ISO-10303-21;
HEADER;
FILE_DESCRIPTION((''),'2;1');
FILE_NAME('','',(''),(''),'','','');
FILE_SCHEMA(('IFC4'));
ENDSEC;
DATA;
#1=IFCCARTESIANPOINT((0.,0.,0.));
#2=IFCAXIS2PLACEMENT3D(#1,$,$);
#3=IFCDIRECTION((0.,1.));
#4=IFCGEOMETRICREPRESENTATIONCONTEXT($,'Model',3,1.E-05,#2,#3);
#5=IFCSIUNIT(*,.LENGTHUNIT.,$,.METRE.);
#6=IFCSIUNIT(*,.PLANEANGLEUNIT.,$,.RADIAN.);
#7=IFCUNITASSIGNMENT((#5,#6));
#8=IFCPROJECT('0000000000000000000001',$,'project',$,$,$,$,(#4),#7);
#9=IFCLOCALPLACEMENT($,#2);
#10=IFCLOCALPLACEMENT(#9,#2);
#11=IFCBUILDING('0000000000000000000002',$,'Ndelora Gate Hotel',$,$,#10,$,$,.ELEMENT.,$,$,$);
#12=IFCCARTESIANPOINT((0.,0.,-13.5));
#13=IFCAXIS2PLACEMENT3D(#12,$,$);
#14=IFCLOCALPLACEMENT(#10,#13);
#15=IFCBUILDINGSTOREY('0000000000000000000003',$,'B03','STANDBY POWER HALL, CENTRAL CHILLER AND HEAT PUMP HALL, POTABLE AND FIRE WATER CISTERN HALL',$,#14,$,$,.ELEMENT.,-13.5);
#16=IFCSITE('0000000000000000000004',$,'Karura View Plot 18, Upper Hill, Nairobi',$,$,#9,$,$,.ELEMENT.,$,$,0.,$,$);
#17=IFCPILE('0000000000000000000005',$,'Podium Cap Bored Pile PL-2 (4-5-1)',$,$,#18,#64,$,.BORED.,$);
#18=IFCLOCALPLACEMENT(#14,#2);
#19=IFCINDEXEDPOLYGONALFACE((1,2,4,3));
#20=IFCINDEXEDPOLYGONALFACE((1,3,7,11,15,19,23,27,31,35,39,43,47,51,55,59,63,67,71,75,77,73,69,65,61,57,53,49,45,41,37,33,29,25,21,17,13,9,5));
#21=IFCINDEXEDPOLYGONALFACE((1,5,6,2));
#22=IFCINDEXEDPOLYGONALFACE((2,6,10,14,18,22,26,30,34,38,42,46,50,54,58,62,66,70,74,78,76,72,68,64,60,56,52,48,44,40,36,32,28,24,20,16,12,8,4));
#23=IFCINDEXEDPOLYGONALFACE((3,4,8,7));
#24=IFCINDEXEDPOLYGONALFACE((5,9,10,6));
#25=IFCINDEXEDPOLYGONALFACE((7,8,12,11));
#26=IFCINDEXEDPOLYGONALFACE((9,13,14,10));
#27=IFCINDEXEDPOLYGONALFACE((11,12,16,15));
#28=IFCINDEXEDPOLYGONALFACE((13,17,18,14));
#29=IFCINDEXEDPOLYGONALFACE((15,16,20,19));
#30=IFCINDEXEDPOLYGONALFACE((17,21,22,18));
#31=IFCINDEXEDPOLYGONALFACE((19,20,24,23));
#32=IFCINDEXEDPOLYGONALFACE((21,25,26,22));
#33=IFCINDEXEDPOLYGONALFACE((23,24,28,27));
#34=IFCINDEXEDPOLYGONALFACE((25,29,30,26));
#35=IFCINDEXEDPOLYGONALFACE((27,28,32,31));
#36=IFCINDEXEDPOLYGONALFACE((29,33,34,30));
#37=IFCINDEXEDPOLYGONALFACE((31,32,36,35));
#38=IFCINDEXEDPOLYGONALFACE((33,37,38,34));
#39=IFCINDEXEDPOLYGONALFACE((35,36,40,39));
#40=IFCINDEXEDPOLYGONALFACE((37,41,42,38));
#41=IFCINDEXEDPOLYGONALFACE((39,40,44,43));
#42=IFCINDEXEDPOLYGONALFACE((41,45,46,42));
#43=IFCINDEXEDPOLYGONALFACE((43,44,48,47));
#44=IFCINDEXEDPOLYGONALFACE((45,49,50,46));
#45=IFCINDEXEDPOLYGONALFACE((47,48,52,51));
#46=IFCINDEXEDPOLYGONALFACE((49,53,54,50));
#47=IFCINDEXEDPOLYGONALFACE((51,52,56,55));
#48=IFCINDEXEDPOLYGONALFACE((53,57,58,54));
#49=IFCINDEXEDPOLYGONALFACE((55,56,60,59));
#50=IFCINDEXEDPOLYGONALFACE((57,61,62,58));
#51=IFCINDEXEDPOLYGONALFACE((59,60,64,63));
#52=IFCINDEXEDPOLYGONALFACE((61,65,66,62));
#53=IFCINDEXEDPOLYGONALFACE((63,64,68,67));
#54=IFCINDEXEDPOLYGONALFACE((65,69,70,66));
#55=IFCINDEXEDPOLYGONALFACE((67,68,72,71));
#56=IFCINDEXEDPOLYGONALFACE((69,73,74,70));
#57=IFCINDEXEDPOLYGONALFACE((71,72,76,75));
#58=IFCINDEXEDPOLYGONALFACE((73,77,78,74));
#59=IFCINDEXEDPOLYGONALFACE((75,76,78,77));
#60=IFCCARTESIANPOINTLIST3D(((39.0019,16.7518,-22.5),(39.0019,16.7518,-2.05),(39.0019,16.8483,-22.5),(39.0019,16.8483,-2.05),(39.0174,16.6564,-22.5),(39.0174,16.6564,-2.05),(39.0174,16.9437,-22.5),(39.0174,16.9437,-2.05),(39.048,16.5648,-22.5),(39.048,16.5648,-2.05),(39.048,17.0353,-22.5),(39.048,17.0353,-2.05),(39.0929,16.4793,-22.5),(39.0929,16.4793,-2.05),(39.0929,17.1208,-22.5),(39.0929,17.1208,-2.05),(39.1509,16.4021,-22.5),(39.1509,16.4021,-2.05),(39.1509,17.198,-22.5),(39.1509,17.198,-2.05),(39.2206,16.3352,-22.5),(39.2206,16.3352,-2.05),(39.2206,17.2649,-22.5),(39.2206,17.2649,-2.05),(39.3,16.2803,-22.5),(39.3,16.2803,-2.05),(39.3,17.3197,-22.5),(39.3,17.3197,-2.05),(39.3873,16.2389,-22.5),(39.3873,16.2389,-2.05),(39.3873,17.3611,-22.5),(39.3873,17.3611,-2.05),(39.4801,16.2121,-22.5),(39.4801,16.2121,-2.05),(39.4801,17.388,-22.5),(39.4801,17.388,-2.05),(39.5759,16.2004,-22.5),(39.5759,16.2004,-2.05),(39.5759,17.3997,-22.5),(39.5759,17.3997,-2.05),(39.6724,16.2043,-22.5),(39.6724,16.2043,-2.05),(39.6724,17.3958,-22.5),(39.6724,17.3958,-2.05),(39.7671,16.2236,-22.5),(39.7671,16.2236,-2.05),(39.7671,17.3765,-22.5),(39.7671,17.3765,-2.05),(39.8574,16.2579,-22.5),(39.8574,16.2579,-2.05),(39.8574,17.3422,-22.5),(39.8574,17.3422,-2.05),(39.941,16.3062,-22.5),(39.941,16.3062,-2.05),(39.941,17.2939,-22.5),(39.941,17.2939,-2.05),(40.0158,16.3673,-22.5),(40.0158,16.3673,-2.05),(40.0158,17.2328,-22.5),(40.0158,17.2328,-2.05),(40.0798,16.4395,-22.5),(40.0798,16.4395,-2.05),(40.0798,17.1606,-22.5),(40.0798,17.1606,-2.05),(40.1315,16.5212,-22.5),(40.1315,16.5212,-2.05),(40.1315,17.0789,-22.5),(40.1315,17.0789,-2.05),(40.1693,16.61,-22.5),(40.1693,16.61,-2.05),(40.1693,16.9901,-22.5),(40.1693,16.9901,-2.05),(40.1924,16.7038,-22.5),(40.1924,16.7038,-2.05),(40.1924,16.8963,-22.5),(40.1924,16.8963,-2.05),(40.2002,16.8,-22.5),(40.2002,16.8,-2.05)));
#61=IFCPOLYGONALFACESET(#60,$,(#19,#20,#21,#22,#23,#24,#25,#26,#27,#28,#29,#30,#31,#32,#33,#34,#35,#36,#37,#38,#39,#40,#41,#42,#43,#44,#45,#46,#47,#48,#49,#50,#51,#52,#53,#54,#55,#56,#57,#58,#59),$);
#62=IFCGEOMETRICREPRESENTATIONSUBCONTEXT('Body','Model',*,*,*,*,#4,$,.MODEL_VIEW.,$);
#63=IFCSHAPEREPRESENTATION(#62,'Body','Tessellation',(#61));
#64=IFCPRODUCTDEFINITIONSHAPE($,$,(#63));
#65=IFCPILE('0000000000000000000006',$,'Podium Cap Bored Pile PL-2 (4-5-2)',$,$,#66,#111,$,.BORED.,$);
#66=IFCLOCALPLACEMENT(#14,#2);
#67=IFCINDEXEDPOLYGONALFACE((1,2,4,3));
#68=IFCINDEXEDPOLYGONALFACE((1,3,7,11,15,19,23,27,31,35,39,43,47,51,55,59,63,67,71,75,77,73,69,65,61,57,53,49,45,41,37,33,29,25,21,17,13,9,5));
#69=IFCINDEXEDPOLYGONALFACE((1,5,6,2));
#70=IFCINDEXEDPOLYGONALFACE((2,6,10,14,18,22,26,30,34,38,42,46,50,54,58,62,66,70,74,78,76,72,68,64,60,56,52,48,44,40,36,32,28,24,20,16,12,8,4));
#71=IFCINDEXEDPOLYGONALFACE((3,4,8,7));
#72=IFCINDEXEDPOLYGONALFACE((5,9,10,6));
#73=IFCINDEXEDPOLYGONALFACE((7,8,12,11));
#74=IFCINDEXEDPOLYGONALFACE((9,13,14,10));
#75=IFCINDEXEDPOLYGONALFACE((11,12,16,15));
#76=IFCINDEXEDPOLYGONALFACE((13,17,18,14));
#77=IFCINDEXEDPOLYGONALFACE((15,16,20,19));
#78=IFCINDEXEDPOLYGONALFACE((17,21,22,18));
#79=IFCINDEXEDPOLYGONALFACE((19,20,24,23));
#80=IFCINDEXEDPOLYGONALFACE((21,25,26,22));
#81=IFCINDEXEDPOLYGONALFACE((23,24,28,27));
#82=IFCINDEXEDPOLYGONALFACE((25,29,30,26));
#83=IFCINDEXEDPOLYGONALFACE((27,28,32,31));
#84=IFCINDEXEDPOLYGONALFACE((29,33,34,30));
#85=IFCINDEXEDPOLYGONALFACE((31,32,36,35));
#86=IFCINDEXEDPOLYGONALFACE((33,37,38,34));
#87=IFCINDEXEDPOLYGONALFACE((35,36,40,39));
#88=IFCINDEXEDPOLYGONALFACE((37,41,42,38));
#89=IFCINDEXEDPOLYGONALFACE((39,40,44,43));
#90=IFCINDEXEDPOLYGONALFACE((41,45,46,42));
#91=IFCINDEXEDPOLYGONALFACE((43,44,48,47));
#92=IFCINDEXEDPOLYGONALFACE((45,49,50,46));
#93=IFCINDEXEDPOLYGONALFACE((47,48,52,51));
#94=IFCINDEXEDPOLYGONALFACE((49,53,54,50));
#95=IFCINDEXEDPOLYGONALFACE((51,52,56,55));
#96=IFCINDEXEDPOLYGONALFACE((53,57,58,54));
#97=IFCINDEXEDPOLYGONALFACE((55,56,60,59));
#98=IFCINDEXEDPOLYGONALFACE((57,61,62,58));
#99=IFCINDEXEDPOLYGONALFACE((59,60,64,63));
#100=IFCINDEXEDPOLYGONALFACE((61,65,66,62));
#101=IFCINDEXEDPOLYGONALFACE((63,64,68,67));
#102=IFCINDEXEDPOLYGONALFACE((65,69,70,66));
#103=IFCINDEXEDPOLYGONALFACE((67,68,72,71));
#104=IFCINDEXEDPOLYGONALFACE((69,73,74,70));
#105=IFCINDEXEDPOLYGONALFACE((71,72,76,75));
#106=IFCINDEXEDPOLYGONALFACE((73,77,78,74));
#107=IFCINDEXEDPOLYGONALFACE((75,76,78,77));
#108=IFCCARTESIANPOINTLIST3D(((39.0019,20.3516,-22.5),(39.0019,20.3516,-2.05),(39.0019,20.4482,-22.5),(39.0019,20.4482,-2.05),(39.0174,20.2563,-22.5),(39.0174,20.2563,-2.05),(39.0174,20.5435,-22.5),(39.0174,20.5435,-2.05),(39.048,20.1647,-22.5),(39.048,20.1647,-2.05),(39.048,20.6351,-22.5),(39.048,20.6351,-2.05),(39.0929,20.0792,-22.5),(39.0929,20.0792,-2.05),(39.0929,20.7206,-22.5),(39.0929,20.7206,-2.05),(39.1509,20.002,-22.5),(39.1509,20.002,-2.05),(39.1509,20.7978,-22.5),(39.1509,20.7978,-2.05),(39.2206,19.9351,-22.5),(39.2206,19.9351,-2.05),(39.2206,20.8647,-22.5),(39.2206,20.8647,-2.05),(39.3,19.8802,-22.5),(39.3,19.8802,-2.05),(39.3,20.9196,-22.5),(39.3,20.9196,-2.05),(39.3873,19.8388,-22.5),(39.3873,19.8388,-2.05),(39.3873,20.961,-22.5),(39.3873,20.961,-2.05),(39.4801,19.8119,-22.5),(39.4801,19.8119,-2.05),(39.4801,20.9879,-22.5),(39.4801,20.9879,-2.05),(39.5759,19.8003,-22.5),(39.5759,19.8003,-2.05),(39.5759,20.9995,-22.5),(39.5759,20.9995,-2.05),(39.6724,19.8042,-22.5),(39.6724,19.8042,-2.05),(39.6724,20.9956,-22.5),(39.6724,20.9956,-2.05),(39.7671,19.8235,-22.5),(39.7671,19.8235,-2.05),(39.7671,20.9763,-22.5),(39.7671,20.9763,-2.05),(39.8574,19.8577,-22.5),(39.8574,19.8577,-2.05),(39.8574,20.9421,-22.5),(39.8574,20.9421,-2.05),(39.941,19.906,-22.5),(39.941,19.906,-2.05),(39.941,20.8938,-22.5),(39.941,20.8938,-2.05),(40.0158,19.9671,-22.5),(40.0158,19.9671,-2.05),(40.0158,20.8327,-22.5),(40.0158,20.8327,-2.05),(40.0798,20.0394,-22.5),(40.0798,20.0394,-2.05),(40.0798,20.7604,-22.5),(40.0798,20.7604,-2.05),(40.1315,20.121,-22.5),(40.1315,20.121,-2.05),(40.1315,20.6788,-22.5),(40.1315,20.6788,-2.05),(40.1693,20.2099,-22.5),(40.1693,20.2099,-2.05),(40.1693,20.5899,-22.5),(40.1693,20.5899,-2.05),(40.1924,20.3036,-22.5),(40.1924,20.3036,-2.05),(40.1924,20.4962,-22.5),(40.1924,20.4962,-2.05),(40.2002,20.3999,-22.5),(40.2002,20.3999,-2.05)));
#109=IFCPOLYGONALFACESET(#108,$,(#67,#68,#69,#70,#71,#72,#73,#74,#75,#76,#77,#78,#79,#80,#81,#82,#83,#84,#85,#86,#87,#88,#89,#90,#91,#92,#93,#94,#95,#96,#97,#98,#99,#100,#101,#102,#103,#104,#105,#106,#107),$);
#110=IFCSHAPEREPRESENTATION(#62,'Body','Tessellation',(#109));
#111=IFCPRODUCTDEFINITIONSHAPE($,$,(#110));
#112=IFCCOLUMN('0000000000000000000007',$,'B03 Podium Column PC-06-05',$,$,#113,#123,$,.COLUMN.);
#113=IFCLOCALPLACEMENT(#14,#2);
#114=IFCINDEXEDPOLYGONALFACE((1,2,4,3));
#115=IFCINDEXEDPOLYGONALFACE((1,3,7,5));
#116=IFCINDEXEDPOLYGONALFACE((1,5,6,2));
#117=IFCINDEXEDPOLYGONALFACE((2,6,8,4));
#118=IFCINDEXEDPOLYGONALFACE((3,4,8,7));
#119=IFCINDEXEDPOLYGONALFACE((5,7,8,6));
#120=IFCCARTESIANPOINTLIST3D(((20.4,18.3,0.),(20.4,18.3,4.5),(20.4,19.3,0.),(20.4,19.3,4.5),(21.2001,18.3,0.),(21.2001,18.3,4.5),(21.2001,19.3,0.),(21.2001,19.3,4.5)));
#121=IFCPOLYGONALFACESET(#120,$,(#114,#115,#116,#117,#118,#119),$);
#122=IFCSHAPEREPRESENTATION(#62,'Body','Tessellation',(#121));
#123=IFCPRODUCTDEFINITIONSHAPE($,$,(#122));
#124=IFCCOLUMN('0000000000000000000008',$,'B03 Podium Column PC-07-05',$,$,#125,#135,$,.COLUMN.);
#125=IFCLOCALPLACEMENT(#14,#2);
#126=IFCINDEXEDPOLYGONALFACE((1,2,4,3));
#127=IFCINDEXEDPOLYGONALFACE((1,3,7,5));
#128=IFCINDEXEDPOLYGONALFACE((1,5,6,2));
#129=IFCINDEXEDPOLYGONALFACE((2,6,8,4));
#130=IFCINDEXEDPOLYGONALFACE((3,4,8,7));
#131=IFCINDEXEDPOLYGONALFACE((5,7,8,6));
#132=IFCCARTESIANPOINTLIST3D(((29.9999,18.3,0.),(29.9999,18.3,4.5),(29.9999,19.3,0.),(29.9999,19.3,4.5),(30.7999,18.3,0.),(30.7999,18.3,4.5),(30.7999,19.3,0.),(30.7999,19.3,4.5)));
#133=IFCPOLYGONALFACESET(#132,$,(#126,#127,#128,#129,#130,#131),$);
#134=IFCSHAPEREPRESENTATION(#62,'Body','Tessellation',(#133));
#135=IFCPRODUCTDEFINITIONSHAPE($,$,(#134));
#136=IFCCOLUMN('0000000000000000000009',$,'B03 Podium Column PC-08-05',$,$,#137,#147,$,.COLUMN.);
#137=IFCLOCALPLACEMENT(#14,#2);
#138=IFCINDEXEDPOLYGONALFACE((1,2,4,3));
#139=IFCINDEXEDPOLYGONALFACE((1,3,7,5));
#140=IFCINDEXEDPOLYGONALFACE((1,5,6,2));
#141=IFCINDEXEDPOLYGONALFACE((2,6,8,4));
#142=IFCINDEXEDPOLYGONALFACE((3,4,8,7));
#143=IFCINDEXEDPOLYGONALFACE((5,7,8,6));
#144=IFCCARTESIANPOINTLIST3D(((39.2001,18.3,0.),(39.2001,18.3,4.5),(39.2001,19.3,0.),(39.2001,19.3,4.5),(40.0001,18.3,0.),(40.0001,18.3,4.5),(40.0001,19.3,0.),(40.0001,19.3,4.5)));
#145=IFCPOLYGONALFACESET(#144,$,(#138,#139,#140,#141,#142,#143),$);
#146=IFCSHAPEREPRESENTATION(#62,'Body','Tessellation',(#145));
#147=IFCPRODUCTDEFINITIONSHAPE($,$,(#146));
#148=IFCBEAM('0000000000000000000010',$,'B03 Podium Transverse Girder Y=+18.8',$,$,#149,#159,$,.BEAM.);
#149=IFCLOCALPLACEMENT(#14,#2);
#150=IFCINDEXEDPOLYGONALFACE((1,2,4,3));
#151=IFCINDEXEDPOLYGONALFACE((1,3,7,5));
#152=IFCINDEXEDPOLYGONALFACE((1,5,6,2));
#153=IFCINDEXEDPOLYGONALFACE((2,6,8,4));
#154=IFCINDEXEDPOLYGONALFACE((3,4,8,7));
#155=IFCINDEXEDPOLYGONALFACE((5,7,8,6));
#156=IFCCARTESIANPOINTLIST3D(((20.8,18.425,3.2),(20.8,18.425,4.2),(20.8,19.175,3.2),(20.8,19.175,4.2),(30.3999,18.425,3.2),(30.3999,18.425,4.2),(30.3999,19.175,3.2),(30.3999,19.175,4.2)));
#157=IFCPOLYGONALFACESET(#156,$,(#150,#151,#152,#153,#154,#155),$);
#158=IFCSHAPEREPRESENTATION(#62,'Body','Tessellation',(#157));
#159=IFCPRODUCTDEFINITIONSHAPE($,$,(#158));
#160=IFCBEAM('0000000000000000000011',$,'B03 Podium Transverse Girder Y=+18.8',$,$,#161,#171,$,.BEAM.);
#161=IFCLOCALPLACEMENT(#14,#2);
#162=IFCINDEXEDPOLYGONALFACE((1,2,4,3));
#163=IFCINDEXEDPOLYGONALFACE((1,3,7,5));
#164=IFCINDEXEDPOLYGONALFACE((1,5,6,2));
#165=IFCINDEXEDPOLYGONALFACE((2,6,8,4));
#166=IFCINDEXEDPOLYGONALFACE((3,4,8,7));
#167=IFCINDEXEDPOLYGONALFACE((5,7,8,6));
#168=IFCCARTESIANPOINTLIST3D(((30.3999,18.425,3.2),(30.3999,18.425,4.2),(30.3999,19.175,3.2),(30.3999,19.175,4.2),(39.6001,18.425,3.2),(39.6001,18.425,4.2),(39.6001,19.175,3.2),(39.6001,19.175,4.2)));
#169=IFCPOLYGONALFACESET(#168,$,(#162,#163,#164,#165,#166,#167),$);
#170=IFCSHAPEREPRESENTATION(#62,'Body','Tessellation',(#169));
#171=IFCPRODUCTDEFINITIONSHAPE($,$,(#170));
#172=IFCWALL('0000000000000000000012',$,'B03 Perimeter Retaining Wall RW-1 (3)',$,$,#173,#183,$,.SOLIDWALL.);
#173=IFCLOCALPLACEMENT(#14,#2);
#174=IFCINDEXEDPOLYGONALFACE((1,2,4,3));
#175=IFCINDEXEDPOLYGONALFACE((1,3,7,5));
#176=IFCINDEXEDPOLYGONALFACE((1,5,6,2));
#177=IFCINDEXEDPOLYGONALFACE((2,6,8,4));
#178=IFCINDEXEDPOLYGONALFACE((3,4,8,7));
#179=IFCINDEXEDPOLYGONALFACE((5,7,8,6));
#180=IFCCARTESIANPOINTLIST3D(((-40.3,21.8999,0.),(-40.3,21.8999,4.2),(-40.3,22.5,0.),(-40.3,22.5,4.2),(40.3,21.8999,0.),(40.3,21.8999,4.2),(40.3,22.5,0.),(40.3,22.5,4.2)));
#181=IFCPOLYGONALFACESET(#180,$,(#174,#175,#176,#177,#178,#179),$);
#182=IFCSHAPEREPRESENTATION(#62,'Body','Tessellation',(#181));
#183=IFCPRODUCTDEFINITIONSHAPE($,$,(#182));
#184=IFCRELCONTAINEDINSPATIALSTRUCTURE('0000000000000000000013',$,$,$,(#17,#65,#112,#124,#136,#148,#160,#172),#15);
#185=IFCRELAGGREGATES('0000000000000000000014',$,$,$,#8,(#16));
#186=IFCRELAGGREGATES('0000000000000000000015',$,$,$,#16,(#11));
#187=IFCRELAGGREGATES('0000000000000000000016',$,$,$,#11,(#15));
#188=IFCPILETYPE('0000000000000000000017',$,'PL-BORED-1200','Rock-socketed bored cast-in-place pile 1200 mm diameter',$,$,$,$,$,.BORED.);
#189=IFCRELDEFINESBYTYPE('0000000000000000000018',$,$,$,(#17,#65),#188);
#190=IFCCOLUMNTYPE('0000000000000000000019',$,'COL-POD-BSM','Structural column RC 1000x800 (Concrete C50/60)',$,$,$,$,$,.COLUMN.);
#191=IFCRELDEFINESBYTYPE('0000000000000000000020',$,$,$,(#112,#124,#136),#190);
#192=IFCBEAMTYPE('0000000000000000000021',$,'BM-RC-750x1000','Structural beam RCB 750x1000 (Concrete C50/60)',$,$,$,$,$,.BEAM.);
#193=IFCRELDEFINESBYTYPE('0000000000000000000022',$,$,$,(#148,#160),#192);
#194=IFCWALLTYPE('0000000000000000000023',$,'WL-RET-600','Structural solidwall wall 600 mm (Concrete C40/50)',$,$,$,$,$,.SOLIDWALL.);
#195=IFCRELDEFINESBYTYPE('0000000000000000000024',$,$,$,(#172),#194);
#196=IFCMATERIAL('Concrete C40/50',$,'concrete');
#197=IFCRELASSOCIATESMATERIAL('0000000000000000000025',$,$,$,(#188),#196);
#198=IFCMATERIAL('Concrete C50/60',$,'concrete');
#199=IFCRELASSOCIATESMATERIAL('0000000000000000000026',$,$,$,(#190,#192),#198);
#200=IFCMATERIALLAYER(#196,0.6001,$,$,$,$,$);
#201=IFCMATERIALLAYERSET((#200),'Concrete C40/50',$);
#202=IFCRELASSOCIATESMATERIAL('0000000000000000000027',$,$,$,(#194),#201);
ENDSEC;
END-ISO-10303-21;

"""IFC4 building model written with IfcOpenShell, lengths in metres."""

from ifc_helpers import new_model, si_unit, direction, frame, frame_2d, origin, origin_2d, place, context, subcontext, project, spatial, rectangle, circle, extrude, material, layer, layer_set, material_profile, profile_set, type_object, element, save


model = new_model("IFC4")

# Units and contexts
model_context = context("Model", 3, precision=1e-05, world=origin(), true_north=direction((0.0, 1.0)))
body_context = subcontext(model_context, "Body", "Model", "MODEL_VIEW")
ifc_project = project(units=[si_unit("LENGTHUNIT", "METRE"), si_unit("PLANEANGLEUNIT", "RADIAN")], contexts=[model_context])

# Site, building, storey
site_placement = place(None, origin())
site = spatial("IfcSite", under=ifc_project, at=site_placement, Name="Karura View Plot 18, Upper Hill, Nairobi", CompositionType="ELEMENT", RefElevation=0.0)
building_placement = place(site_placement, origin())
building = spatial("IfcBuilding", under=site, at=building_placement, Name="Ndelora Gate Hotel", CompositionType="ELEMENT")
storey_placement = place(building_placement, frame((0.0, 0.0, -13.5)))
storey = spatial("IfcBuildingStorey", under=building, at=storey_placement, Name="B03", Description="STANDBY POWER HALL, CENTRAL CHILLER AND HEAT PUMP HALL, POTABLE AND FIRE WATER CISTERN HALL", CompositionType="ELEMENT", Elevation=-13.5)

# Shared definitions
ifc_material_1 = material(Name="Concrete C50/60", Category="concrete")
ifc_material_2 = material(Name="Concrete C40/50", Category="concrete")

# Piles
ifc_material_profile_1 = material_profile(ifc_material_2, circle(Radius=0.6001, at=origin_2d()), Name="PILE D1200")
ifc_profile_set_1 = profile_set([ifc_material_profile_1], Name="Concrete C40/50")
pile_type = type_object("IfcPileType", Name="PL-BORED-1200", Description="Rock-socketed bored cast-in-place pile 1200 mm diameter", PredefinedType="BORED", material=ifc_profile_set_1)
for number, where, z_axis, x_axis, name in (
    (1, (39.6001, 16.8, -2.05), (0.0, 0.0, -1.0), (1.0, 0.0, 0.0), "Podium Cap Bored Pile PL-2 (4-5-1)"),
    (2, (39.6001, 20.3999, -2.05), (0.0, 0.0, -1.0), (1.0, 0.0, 0.0), "Podium Cap Bored Pile PL-2 (4-5-2)"),
):
    element("IfcPile", number, at=place(storey_placement, frame(where, z_axis=z_axis, x_axis=x_axis)), inside=storey, type_object=pile_type, Name=name, PredefinedType="BORED", context=body_context, shape_type="SweptSolid", body=[
        extrude(circle(Radius=0.6001, at=origin_2d()), origin(), (0.0, 0.0, 1.0), 20.45),
    ])

# Columns
ifc_material_profile_2 = material_profile(ifc_material_1, rectangle(XDim=0.8, YDim=1.0, at=origin_2d()), Name="RC 1000x800")
ifc_profile_set_2 = profile_set([ifc_material_profile_2], Name="Concrete C50/60")
column_type = type_object("IfcColumnType", Name="COL-POD-BSM", Description="Structural column RC 1000x800 (Concrete C50/60)", PredefinedType="COLUMN", material=ifc_profile_set_2)
for number, where, z_axis, x_axis, name in (
    (3, (20.8, 18.8, 0.0), (0.0, 0.0, 1.0), (1.0, 0.0, 0.0), "B03 Podium Column PC-06-05"),
    (4, (30.3999, 18.8, 0.0), (0.0, 0.0, 1.0), (1.0, 0.0, 0.0), "B03 Podium Column PC-07-05"),
    (5, (39.6001, 18.8, 0.0), (0.0, 0.0, 1.0), (1.0, 0.0, 0.0), "B03 Podium Column PC-08-05"),
):
    element("IfcColumn", number, at=place(storey_placement, frame(where, z_axis=z_axis, x_axis=x_axis)), inside=storey, type_object=column_type, Name=name, PredefinedType="COLUMN", context=body_context, shape_type="SweptSolid", body=[
        extrude(rectangle(XDim=0.8, YDim=1.0, at=origin_2d()), origin(), (0.0, 0.0, 1.0), 4.5),
    ])

# Beams
ifc_material_profile_3 = material_profile(ifc_material_1, rectangle(XDim=0.75, YDim=1.0, at=origin_2d()), Name="RCB 750x1000")
ifc_profile_set_3 = profile_set([ifc_material_profile_3], Name="Concrete C50/60")
beam_type = type_object("IfcBeamType", Name="BM-RC-750x1000", Description="Structural beam RCB 750x1000 (Concrete C50/60)", PredefinedType="BEAM", material=ifc_profile_set_3)
beam_1_placement = place(storey_placement, frame((20.8, 18.8, 3.7), z_axis=(1.0, 0.0, 0.0), x_axis=(0.0, 1.0, 0.0)))
element("IfcBeam", 6, at=beam_1_placement, inside=storey, type_object=beam_type, Name="B03 Podium Transverse Girder Y=+18.8", PredefinedType="BEAM", context=body_context, shape_type="SweptSolid", body=[
    extrude(rectangle(XDim=0.75, YDim=1.0, at=origin_2d()), origin(), (0.0, 0.0, 1.0), 9.5999),
])
beam_2_placement = place(storey_placement, frame((30.3999, 18.8, 3.7), z_axis=(1.0, 0.0, 0.0), x_axis=(0.0, 1.0, 0.0)))
element("IfcBeam", 7, at=beam_2_placement, inside=storey, type_object=beam_type, Name="B03 Podium Transverse Girder Y=+18.8", PredefinedType="BEAM", context=body_context, shape_type="SweptSolid", body=[
    extrude(rectangle(XDim=0.75, YDim=1.0, at=origin_2d()), origin(), (0.0, 0.0, 1.0), 9.2002),
])

# Wall
ifc_layer_1 = layer(ifc_material_2, 0.6001)
ifc_layer_set_1 = layer_set([ifc_layer_1], Name="Concrete C40/50")
wall_type_1 = type_object("IfcWallType", Name="WL-RET-600", Description="Structural solidwall wall 600 mm (Concrete C40/50)", PredefinedType="SOLIDWALL", material=ifc_layer_set_1)
wall_1_placement = place(storey_placement, frame((40.3, 22.2, 0.0), z_axis=(0.0, 0.0, 1.0), x_axis=(-1.0, 0.0, 0.0)))
element("IfcWall", 8, at=wall_1_placement, inside=storey, type_object=wall_type_1, Name="B03 Perimeter Retaining Wall RW-1 (3)", PredefinedType="SOLIDWALL", context=body_context, shape_type="SweptSolid", body=[
    extrude(rectangle(XDim=80.6001, YDim=0.6001, at=frame_2d((40.3, 0.0))), origin(), (0.0, 0.0, 1.0), 4.2),
])

save(model, "model.ifc")
